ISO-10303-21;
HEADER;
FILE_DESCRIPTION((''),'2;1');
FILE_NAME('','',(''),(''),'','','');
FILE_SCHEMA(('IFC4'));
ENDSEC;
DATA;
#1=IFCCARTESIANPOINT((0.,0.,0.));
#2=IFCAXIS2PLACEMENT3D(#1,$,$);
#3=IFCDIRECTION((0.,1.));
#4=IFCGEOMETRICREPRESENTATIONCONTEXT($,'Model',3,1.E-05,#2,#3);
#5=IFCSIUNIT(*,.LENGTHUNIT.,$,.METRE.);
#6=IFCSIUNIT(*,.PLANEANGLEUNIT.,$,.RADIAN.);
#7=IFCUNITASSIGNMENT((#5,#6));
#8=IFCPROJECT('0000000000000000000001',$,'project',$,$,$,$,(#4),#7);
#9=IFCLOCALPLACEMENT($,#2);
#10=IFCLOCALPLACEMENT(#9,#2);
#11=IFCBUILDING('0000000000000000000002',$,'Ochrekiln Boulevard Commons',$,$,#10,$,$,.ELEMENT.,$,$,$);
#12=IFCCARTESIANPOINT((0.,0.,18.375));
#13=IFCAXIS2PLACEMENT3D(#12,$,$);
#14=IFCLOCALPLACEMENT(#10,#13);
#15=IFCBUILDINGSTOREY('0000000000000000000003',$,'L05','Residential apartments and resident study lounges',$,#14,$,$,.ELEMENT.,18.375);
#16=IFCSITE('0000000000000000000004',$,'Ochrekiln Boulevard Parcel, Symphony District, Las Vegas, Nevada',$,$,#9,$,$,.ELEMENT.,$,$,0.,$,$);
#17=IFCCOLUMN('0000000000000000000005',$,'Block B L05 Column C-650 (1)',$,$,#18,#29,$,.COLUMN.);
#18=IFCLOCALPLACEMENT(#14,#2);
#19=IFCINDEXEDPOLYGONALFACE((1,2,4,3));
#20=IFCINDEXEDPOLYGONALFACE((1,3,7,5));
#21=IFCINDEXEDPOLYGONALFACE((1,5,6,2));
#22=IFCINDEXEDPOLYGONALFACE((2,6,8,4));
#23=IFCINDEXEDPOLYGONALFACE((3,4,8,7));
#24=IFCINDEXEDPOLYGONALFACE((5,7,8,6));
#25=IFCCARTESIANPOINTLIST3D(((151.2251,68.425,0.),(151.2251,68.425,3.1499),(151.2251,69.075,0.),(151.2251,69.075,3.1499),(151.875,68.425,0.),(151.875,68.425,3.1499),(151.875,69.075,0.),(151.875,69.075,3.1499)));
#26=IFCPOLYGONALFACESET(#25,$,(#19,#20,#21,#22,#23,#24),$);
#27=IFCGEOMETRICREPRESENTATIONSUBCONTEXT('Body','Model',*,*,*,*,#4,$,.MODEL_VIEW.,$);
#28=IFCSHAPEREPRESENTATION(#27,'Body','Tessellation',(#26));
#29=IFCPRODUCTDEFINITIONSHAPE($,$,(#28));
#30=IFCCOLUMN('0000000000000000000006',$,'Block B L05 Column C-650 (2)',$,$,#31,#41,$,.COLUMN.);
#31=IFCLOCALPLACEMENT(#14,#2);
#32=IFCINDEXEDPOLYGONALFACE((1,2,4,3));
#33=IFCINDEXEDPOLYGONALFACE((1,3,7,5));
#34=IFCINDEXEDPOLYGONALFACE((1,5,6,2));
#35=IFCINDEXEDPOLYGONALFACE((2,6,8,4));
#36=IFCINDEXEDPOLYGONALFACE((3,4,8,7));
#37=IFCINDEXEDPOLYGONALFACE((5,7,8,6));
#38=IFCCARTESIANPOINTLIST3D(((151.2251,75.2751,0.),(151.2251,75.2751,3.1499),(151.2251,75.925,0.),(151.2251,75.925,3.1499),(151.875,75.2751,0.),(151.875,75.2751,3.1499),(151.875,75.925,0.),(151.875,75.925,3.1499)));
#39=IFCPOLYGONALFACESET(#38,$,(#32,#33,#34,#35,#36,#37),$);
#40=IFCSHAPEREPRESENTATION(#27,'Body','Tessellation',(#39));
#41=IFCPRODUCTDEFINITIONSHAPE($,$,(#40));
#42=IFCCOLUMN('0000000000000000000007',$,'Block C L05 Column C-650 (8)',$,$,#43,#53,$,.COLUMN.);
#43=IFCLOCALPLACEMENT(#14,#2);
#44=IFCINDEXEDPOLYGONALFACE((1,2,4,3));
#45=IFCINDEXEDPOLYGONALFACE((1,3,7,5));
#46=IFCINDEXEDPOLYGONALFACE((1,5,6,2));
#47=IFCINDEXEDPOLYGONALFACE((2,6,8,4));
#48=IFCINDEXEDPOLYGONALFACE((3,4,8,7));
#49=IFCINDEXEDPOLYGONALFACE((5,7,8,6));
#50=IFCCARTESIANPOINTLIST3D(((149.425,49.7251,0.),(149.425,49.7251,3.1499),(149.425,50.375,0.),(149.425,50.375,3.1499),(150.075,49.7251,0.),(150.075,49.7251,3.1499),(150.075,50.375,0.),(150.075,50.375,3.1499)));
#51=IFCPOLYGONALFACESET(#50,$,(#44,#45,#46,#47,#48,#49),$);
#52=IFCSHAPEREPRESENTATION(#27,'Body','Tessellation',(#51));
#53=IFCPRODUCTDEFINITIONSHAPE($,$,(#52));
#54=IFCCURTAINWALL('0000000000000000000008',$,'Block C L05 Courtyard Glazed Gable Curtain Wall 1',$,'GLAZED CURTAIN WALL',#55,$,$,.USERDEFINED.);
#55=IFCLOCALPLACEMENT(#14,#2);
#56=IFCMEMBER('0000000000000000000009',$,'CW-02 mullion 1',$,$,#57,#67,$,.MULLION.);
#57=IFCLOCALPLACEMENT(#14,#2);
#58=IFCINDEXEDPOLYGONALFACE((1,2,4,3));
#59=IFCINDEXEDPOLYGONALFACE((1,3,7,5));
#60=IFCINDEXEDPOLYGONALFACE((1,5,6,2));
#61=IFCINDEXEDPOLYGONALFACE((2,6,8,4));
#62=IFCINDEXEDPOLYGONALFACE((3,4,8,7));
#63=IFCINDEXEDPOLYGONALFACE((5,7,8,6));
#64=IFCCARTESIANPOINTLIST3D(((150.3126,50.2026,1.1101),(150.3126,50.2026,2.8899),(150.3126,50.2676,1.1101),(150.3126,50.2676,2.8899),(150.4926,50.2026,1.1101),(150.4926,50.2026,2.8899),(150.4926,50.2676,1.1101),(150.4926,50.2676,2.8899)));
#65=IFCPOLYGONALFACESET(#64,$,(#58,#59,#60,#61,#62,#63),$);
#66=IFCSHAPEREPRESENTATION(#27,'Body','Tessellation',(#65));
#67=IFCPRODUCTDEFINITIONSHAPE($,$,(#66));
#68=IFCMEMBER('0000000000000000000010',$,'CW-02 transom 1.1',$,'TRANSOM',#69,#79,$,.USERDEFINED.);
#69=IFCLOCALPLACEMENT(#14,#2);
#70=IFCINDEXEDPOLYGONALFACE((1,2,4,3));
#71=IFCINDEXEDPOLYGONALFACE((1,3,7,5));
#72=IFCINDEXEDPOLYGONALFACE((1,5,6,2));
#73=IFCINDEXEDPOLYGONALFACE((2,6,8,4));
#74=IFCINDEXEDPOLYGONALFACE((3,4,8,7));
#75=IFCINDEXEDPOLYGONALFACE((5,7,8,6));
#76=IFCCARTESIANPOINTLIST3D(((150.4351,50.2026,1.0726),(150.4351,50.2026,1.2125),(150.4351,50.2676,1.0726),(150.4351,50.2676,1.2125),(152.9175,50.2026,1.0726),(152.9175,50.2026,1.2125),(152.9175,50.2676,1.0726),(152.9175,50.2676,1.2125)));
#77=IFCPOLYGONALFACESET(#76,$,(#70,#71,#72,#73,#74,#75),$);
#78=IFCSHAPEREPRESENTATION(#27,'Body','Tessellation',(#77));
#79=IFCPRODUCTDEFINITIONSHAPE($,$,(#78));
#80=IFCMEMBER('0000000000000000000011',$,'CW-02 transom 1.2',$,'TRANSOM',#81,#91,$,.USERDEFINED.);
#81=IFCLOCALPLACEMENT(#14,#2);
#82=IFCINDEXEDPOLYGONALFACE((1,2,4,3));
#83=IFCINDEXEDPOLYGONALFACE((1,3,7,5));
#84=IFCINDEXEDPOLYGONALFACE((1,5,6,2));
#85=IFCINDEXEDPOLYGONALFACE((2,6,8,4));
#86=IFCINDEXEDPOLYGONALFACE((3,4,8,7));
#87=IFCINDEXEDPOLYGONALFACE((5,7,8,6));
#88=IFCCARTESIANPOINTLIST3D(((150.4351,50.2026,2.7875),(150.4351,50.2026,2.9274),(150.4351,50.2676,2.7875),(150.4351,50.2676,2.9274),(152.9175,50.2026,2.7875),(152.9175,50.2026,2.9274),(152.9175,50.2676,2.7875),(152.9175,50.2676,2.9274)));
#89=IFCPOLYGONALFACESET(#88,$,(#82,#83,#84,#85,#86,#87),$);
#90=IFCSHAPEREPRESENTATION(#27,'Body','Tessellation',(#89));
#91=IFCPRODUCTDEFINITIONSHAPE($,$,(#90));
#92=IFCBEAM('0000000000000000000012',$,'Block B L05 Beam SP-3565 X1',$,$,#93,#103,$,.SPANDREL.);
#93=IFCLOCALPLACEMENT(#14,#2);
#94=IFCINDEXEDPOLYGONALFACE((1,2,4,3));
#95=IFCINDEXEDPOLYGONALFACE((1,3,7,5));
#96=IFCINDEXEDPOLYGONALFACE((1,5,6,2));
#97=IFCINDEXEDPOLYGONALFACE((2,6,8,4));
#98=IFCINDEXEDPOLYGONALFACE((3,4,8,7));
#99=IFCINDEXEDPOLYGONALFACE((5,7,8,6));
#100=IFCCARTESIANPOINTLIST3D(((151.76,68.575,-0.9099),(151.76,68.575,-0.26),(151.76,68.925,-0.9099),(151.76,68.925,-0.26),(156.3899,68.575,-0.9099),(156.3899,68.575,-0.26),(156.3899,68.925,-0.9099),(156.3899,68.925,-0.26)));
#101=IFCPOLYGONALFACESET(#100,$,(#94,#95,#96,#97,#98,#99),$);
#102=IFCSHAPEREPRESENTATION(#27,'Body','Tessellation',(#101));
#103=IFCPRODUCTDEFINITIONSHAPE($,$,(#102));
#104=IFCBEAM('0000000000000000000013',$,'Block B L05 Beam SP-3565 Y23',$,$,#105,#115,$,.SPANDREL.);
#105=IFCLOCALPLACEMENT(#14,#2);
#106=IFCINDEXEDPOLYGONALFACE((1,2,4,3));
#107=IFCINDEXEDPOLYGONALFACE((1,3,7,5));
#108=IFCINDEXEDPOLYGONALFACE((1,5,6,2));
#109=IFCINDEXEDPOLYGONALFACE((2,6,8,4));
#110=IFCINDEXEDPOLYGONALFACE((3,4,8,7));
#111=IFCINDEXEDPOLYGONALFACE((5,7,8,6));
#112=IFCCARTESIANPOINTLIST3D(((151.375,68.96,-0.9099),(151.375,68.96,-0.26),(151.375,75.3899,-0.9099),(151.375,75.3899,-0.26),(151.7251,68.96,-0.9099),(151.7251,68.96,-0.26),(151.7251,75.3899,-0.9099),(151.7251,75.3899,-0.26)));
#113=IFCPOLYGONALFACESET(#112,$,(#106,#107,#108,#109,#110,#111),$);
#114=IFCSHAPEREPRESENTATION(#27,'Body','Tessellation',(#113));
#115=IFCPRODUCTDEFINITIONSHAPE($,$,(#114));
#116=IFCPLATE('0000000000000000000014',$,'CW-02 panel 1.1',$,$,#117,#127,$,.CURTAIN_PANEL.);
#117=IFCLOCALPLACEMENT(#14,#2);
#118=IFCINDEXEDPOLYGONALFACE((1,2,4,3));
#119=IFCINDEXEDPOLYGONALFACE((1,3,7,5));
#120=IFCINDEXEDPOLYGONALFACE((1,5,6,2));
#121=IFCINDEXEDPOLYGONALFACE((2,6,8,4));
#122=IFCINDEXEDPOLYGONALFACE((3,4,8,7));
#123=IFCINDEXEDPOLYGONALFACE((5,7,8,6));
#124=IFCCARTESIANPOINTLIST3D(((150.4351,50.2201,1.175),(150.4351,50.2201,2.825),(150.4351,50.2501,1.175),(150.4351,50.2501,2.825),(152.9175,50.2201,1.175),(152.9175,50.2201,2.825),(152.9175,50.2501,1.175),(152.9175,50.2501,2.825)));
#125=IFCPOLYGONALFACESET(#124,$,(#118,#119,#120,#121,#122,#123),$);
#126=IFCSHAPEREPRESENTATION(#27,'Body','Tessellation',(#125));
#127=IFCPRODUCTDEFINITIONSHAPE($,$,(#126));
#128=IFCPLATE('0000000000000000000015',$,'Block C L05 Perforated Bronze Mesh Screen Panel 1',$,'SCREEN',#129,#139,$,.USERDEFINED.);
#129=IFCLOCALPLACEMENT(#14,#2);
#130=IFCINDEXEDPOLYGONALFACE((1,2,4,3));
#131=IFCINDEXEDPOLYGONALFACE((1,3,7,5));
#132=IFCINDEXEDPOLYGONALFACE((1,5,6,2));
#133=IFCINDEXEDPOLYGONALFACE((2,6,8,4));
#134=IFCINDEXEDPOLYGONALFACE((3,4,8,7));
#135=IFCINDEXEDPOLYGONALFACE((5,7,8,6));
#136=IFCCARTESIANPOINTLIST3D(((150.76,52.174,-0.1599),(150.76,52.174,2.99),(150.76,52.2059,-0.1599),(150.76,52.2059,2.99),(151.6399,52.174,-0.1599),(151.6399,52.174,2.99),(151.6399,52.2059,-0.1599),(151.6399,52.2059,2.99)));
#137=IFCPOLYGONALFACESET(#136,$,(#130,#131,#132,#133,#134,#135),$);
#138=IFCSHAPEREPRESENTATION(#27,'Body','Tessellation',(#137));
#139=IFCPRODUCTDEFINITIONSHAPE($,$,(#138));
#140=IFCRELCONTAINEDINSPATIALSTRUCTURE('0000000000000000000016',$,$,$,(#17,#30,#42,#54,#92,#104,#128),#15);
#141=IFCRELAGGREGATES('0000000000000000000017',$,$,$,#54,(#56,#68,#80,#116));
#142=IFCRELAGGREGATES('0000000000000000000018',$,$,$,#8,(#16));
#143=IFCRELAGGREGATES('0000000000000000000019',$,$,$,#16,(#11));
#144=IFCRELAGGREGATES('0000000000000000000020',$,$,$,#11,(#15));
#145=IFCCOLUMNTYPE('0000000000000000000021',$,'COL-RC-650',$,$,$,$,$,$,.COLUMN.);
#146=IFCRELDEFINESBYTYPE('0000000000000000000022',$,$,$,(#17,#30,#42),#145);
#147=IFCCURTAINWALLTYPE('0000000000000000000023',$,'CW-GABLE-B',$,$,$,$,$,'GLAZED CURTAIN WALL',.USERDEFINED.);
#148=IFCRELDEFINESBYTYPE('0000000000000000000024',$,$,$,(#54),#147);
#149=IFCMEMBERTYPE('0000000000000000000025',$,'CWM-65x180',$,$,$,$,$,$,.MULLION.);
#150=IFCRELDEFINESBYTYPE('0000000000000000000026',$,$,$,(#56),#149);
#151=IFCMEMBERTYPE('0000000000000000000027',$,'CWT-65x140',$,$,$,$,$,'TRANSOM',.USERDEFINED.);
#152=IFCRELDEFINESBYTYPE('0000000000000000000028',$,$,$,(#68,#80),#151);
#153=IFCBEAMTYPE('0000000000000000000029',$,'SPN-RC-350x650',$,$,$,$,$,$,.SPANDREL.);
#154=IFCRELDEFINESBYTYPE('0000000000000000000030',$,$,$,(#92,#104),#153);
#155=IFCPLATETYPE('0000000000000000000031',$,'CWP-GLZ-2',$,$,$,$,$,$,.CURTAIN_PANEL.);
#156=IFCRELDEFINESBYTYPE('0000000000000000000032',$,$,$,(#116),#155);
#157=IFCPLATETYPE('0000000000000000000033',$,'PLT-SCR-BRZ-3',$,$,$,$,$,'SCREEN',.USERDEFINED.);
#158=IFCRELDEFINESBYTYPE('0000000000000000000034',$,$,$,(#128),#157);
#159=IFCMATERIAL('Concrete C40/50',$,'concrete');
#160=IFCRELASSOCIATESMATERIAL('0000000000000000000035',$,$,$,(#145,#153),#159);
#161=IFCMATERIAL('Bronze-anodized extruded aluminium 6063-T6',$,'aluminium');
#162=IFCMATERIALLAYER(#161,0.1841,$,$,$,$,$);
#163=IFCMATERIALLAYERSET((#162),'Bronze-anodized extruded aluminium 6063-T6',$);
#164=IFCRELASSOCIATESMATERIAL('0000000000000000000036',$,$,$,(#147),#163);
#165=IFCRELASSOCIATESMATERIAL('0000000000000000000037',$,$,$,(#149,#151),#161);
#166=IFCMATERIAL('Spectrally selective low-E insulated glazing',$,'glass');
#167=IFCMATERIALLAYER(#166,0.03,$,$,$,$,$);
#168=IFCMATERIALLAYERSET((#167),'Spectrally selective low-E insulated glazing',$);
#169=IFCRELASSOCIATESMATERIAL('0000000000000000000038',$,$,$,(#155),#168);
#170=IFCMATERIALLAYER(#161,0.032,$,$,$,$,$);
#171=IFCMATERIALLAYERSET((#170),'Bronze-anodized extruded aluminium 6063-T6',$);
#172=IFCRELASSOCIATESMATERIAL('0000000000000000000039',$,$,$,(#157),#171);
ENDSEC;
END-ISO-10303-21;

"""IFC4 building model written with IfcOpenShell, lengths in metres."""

from ifc_helpers import new_model, si_unit, direction, frame, origin, origin_2d, place, context, subcontext, project, spatial, rectangle, extrude, material, layer, layer_set, material_profile, profile_set, type_object, element, aggregate, save


model = new_model("IFC4")

# Units and contexts
model_context = context("Model", 3, precision=1e-05, world=origin(), true_north=direction((0.0, 1.0)))
body_context = subcontext(model_context, "Body", "Model", "MODEL_VIEW")
ifc_project = project(units=[si_unit("LENGTHUNIT", "METRE"), si_unit("PLANEANGLEUNIT", "RADIAN")], contexts=[model_context])

# Site, building, storey
site_placement = place(None, origin())
site = spatial("IfcSite", under=ifc_project, at=site_placement, Name="Ochrekiln Boulevard Parcel, Symphony District, Las Vegas, Nevada", CompositionType="ELEMENT", RefElevation=0.0)
building_placement = place(site_placement, origin())
building = spatial("IfcBuilding", under=site, at=building_placement, Name="Ochrekiln Boulevard Commons", CompositionType="ELEMENT")
storey_placement = place(building_placement, frame((0.0, 0.0, 18.375)))
storey = spatial("IfcBuildingStorey", under=building, at=storey_placement, Name="L05", Description="Residential apartments and resident study lounges", CompositionType="ELEMENT", Elevation=18.375)

# Columns
ifc_material_1 = material(Name="Concrete C40/50", Category="concrete")
ifc_material_profile_1 = material_profile(ifc_material_1, rectangle(XDim=0.6499, YDim=0.6499, at=origin_2d()), Name="RC-COL-650x650")
ifc_profile_set_1 = profile_set([ifc_material_profile_1], Name="Concrete C40/50")
column_type = type_object("IfcColumnType", Name="COL-RC-650", PredefinedType="COLUMN", material=ifc_profile_set_1)
for number, where, z_axis, x_axis, name in (
    (1, (151.55, 68.75, 0.0), (0.0, 0.0, 1.0), (1.0, 0.0, 0.0), "Block B L05 Column C-650 (1)"),
    (2, (151.55, 75.6001, 0.0), (0.0, 0.0, 1.0), (1.0, 0.0, 0.0), "Block B L05 Column C-650 (2)"),
    (3, (149.75, 50.05, 0.0), (0.0, 0.0, 1.0), (1.0, 0.0, 0.0), "Block C L05 Column C-650 (8)"),
):
    element("IfcColumn", number, at=place(storey_placement, frame(where, z_axis=z_axis, x_axis=x_axis)), inside=storey, type_object=column_type, Name=name, PredefinedType="COLUMN", context=body_context, shape_type="SweptSolid", body=[
        extrude(rectangle(XDim=0.6499, YDim=0.6499, at=origin_2d()), origin(), (0.0, 0.0, 1.0), 3.1499),
    ])

# Curtain wall, members
ifc_material_2 = material(Name="Bronze-anodized extruded aluminium 6063-T6", Category="aluminium")
ifc_layer_1 = layer(ifc_material_2, 0.1841)
ifc_layer_set_1 = layer_set([ifc_layer_1], Name="Bronze-anodized extruded aluminium 6063-T6")
curtain_wall_type = type_object("IfcCurtainWallType", Name="CW-GABLE-B", ElementType="GLAZED CURTAIN WALL", PredefinedType="USERDEFINED", material=ifc_layer_set_1)
curtain_wall_placement = place(storey_placement, origin())
curtain_wall = element("IfcCurtainWall", 4, at=curtain_wall_placement, inside=storey, type_object=curtain_wall_type, Name="Block C L05 Courtyard Glazed Gable Curtain Wall 1", ObjectType="GLAZED CURTAIN WALL", PredefinedType="USERDEFINED")
ifc_material_profile_2 = material_profile(ifc_material_2, rectangle(XDim=0.0649, YDim=0.1799, at=origin_2d()), Name="ALU-MUL-65x180")
ifc_profile_set_2 = profile_set([ifc_material_profile_2], Name="Bronze-anodized extruded aluminium 6063-T6")
member_type_1 = type_object("IfcMemberType", Name="CWM-65x180", PredefinedType="MULLION", material=ifc_profile_set_2)
member_1_placement = place(storey_placement, frame((150.4026, 50.2351, 1.1101), z_axis=(0.0, 0.0, 1.0), x_axis=(0.0, 1.0, 0.0)))
member_1 = element("IfcMember", 5, at=member_1_placement, type_object=member_type_1, Name="CW-02 mullion 1", PredefinedType="MULLION", context=body_context, shape_type="SweptSolid", body=[
    extrude(rectangle(XDim=0.0649, YDim=0.1799, at=origin_2d()), origin(), (0.0, 0.0, 1.0), 1.7798),
])
ifc_material_profile_3 = material_profile(ifc_material_2, rectangle(XDim=0.0649, YDim=0.1399, at=origin_2d()), Name="ALU-TRN-65x140")
ifc_profile_set_3 = profile_set([ifc_material_profile_3], Name="Bronze-anodized extruded aluminium 6063-T6")
member_type_2 = type_object("IfcMemberType", Name="CWT-65x140", ElementType="TRANSOM", PredefinedType="USERDEFINED", material=ifc_profile_set_3)
member_2_placement = place(storey_placement, frame((150.4351, 50.2351, 1.1426), z_axis=(1.0, 0.0, 0.0), x_axis=(0.0, 1.0, 0.0)))
member_2 = element("IfcMember", 6, at=member_2_placement, type_object=member_type_2, Name="CW-02 transom 1.1", ObjectType="TRANSOM", PredefinedType="USERDEFINED", context=body_context, shape_type="SweptSolid", body=[
    extrude(rectangle(XDim=0.0649, YDim=0.1399, at=origin_2d()), origin(), (0.0, 0.0, 1.0), 2.4824),
])
member_3_placement = place(storey_placement, frame((150.4351, 50.2351, 2.8574), z_axis=(1.0, 0.0, 0.0), x_axis=(0.0, 1.0, 0.0)))
member_3 = element("IfcMember", 7, at=member_3_placement, type_object=member_type_2, Name="CW-02 transom 1.2", ObjectType="TRANSOM", PredefinedType="USERDEFINED", context=body_context, shape_type="SweptSolid", body=[
    extrude(rectangle(XDim=0.0649, YDim=0.1399, at=origin_2d()), origin(), (0.0, 0.0, 1.0), 2.4824),
])

# Beams
ifc_material_profile_4 = material_profile(ifc_material_1, rectangle(XDim=0.3501, YDim=0.6499, at=origin_2d()), Name="RC-SPN-350x650")
ifc_profile_set_4 = profile_set([ifc_material_profile_4], Name="Concrete C40/50")
beam_type = type_object("IfcBeamType", Name="SPN-RC-350x650", PredefinedType="SPANDREL", material=ifc_profile_set_4)
beam_1_placement = place(storey_placement, frame((151.76, 68.75, -0.585), z_axis=(1.0, 0.0, 0.0), x_axis=(0.0, 1.0, 0.0)))
element("IfcBeam", 8, at=beam_1_placement, inside=storey, type_object=beam_type, Name="Block B L05 Beam SP-3565 X1", PredefinedType="SPANDREL", context=body_context, shape_type="SweptSolid", body=[
    extrude(rectangle(XDim=0.3501, YDim=0.6499, at=origin_2d()), origin(), (0.0, 0.0, 1.0), 4.6299),
])
beam_2_placement = place(storey_placement, frame((151.55, 68.96, -0.585), z_axis=(0.0, 1.0, 0.0), x_axis=(-1.0, 0.0, 0.0)))
element("IfcBeam", 9, at=beam_2_placement, inside=storey, type_object=beam_type, Name="Block B L05 Beam SP-3565 Y23", PredefinedType="SPANDREL", context=body_context, shape_type="SweptSolid", body=[
    extrude(rectangle(XDim=0.3501, YDim=0.6499, at=origin_2d()), origin(), (0.0, 0.0, 1.0), 6.4299),
])

# Plates
ifc_material_3 = material(Name="Spectrally selective low-E insulated glazing", Category="glass")
ifc_layer_2 = layer(ifc_material_3, 0.03)
ifc_layer_set_2 = layer_set([ifc_layer_2], Name="Spectrally selective low-E insulated glazing")
plate_type_1 = type_object("IfcPlateType", Name="CWP-GLZ-2", PredefinedType="CURTAIN_PANEL", material=ifc_layer_set_2)
plate_1_placement = place(storey_placement, frame((151.6763, 50.2351, 1.175), z_axis=(0.0, 0.0, 1.0), x_axis=(1.0, 0.0, 0.0)))
plate_1 = element("IfcPlate", 10, at=plate_1_placement, type_object=plate_type_1, Name="CW-02 panel 1.1", PredefinedType="CURTAIN_PANEL", context=body_context, shape_type="SweptSolid", body=[
    extrude(rectangle(XDim=2.4824, YDim=0.03, at=origin_2d()), origin(), (0.0, 0.0, 1.0), 1.6499),
])
aggregate(curtain_wall, [member_1, member_2, member_3, plate_1])
ifc_layer_3 = layer(ifc_material_2, 0.032)
ifc_layer_set_3 = layer_set([ifc_layer_3], Name="Bronze-anodized extruded aluminium 6063-T6")
plate_type_2 = type_object("IfcPlateType", Name="PLT-SCR-BRZ-3", ElementType="SCREEN", PredefinedType="USERDEFINED", material=ifc_layer_set_3)
plate_2_placement = place(storey_placement, frame((151.2, 52.1899, -0.1599), z_axis=(0.0, 0.0, 1.0), x_axis=(1.0, 0.0, 0.0)))
element("IfcPlate", 11, at=plate_2_placement, inside=storey, type_object=plate_type_2, Name="Block C L05 Perforated Bronze Mesh Screen Panel 1", ObjectType="SCREEN", PredefinedType="USERDEFINED", context=body_context, shape_type="SweptSolid", body=[
    extrude(rectangle(XDim=0.8799, YDim=0.032, at=origin_2d()), origin(), (0.0, 0.0, 1.0), 3.1499),
])

save(model, "model.ifc")
